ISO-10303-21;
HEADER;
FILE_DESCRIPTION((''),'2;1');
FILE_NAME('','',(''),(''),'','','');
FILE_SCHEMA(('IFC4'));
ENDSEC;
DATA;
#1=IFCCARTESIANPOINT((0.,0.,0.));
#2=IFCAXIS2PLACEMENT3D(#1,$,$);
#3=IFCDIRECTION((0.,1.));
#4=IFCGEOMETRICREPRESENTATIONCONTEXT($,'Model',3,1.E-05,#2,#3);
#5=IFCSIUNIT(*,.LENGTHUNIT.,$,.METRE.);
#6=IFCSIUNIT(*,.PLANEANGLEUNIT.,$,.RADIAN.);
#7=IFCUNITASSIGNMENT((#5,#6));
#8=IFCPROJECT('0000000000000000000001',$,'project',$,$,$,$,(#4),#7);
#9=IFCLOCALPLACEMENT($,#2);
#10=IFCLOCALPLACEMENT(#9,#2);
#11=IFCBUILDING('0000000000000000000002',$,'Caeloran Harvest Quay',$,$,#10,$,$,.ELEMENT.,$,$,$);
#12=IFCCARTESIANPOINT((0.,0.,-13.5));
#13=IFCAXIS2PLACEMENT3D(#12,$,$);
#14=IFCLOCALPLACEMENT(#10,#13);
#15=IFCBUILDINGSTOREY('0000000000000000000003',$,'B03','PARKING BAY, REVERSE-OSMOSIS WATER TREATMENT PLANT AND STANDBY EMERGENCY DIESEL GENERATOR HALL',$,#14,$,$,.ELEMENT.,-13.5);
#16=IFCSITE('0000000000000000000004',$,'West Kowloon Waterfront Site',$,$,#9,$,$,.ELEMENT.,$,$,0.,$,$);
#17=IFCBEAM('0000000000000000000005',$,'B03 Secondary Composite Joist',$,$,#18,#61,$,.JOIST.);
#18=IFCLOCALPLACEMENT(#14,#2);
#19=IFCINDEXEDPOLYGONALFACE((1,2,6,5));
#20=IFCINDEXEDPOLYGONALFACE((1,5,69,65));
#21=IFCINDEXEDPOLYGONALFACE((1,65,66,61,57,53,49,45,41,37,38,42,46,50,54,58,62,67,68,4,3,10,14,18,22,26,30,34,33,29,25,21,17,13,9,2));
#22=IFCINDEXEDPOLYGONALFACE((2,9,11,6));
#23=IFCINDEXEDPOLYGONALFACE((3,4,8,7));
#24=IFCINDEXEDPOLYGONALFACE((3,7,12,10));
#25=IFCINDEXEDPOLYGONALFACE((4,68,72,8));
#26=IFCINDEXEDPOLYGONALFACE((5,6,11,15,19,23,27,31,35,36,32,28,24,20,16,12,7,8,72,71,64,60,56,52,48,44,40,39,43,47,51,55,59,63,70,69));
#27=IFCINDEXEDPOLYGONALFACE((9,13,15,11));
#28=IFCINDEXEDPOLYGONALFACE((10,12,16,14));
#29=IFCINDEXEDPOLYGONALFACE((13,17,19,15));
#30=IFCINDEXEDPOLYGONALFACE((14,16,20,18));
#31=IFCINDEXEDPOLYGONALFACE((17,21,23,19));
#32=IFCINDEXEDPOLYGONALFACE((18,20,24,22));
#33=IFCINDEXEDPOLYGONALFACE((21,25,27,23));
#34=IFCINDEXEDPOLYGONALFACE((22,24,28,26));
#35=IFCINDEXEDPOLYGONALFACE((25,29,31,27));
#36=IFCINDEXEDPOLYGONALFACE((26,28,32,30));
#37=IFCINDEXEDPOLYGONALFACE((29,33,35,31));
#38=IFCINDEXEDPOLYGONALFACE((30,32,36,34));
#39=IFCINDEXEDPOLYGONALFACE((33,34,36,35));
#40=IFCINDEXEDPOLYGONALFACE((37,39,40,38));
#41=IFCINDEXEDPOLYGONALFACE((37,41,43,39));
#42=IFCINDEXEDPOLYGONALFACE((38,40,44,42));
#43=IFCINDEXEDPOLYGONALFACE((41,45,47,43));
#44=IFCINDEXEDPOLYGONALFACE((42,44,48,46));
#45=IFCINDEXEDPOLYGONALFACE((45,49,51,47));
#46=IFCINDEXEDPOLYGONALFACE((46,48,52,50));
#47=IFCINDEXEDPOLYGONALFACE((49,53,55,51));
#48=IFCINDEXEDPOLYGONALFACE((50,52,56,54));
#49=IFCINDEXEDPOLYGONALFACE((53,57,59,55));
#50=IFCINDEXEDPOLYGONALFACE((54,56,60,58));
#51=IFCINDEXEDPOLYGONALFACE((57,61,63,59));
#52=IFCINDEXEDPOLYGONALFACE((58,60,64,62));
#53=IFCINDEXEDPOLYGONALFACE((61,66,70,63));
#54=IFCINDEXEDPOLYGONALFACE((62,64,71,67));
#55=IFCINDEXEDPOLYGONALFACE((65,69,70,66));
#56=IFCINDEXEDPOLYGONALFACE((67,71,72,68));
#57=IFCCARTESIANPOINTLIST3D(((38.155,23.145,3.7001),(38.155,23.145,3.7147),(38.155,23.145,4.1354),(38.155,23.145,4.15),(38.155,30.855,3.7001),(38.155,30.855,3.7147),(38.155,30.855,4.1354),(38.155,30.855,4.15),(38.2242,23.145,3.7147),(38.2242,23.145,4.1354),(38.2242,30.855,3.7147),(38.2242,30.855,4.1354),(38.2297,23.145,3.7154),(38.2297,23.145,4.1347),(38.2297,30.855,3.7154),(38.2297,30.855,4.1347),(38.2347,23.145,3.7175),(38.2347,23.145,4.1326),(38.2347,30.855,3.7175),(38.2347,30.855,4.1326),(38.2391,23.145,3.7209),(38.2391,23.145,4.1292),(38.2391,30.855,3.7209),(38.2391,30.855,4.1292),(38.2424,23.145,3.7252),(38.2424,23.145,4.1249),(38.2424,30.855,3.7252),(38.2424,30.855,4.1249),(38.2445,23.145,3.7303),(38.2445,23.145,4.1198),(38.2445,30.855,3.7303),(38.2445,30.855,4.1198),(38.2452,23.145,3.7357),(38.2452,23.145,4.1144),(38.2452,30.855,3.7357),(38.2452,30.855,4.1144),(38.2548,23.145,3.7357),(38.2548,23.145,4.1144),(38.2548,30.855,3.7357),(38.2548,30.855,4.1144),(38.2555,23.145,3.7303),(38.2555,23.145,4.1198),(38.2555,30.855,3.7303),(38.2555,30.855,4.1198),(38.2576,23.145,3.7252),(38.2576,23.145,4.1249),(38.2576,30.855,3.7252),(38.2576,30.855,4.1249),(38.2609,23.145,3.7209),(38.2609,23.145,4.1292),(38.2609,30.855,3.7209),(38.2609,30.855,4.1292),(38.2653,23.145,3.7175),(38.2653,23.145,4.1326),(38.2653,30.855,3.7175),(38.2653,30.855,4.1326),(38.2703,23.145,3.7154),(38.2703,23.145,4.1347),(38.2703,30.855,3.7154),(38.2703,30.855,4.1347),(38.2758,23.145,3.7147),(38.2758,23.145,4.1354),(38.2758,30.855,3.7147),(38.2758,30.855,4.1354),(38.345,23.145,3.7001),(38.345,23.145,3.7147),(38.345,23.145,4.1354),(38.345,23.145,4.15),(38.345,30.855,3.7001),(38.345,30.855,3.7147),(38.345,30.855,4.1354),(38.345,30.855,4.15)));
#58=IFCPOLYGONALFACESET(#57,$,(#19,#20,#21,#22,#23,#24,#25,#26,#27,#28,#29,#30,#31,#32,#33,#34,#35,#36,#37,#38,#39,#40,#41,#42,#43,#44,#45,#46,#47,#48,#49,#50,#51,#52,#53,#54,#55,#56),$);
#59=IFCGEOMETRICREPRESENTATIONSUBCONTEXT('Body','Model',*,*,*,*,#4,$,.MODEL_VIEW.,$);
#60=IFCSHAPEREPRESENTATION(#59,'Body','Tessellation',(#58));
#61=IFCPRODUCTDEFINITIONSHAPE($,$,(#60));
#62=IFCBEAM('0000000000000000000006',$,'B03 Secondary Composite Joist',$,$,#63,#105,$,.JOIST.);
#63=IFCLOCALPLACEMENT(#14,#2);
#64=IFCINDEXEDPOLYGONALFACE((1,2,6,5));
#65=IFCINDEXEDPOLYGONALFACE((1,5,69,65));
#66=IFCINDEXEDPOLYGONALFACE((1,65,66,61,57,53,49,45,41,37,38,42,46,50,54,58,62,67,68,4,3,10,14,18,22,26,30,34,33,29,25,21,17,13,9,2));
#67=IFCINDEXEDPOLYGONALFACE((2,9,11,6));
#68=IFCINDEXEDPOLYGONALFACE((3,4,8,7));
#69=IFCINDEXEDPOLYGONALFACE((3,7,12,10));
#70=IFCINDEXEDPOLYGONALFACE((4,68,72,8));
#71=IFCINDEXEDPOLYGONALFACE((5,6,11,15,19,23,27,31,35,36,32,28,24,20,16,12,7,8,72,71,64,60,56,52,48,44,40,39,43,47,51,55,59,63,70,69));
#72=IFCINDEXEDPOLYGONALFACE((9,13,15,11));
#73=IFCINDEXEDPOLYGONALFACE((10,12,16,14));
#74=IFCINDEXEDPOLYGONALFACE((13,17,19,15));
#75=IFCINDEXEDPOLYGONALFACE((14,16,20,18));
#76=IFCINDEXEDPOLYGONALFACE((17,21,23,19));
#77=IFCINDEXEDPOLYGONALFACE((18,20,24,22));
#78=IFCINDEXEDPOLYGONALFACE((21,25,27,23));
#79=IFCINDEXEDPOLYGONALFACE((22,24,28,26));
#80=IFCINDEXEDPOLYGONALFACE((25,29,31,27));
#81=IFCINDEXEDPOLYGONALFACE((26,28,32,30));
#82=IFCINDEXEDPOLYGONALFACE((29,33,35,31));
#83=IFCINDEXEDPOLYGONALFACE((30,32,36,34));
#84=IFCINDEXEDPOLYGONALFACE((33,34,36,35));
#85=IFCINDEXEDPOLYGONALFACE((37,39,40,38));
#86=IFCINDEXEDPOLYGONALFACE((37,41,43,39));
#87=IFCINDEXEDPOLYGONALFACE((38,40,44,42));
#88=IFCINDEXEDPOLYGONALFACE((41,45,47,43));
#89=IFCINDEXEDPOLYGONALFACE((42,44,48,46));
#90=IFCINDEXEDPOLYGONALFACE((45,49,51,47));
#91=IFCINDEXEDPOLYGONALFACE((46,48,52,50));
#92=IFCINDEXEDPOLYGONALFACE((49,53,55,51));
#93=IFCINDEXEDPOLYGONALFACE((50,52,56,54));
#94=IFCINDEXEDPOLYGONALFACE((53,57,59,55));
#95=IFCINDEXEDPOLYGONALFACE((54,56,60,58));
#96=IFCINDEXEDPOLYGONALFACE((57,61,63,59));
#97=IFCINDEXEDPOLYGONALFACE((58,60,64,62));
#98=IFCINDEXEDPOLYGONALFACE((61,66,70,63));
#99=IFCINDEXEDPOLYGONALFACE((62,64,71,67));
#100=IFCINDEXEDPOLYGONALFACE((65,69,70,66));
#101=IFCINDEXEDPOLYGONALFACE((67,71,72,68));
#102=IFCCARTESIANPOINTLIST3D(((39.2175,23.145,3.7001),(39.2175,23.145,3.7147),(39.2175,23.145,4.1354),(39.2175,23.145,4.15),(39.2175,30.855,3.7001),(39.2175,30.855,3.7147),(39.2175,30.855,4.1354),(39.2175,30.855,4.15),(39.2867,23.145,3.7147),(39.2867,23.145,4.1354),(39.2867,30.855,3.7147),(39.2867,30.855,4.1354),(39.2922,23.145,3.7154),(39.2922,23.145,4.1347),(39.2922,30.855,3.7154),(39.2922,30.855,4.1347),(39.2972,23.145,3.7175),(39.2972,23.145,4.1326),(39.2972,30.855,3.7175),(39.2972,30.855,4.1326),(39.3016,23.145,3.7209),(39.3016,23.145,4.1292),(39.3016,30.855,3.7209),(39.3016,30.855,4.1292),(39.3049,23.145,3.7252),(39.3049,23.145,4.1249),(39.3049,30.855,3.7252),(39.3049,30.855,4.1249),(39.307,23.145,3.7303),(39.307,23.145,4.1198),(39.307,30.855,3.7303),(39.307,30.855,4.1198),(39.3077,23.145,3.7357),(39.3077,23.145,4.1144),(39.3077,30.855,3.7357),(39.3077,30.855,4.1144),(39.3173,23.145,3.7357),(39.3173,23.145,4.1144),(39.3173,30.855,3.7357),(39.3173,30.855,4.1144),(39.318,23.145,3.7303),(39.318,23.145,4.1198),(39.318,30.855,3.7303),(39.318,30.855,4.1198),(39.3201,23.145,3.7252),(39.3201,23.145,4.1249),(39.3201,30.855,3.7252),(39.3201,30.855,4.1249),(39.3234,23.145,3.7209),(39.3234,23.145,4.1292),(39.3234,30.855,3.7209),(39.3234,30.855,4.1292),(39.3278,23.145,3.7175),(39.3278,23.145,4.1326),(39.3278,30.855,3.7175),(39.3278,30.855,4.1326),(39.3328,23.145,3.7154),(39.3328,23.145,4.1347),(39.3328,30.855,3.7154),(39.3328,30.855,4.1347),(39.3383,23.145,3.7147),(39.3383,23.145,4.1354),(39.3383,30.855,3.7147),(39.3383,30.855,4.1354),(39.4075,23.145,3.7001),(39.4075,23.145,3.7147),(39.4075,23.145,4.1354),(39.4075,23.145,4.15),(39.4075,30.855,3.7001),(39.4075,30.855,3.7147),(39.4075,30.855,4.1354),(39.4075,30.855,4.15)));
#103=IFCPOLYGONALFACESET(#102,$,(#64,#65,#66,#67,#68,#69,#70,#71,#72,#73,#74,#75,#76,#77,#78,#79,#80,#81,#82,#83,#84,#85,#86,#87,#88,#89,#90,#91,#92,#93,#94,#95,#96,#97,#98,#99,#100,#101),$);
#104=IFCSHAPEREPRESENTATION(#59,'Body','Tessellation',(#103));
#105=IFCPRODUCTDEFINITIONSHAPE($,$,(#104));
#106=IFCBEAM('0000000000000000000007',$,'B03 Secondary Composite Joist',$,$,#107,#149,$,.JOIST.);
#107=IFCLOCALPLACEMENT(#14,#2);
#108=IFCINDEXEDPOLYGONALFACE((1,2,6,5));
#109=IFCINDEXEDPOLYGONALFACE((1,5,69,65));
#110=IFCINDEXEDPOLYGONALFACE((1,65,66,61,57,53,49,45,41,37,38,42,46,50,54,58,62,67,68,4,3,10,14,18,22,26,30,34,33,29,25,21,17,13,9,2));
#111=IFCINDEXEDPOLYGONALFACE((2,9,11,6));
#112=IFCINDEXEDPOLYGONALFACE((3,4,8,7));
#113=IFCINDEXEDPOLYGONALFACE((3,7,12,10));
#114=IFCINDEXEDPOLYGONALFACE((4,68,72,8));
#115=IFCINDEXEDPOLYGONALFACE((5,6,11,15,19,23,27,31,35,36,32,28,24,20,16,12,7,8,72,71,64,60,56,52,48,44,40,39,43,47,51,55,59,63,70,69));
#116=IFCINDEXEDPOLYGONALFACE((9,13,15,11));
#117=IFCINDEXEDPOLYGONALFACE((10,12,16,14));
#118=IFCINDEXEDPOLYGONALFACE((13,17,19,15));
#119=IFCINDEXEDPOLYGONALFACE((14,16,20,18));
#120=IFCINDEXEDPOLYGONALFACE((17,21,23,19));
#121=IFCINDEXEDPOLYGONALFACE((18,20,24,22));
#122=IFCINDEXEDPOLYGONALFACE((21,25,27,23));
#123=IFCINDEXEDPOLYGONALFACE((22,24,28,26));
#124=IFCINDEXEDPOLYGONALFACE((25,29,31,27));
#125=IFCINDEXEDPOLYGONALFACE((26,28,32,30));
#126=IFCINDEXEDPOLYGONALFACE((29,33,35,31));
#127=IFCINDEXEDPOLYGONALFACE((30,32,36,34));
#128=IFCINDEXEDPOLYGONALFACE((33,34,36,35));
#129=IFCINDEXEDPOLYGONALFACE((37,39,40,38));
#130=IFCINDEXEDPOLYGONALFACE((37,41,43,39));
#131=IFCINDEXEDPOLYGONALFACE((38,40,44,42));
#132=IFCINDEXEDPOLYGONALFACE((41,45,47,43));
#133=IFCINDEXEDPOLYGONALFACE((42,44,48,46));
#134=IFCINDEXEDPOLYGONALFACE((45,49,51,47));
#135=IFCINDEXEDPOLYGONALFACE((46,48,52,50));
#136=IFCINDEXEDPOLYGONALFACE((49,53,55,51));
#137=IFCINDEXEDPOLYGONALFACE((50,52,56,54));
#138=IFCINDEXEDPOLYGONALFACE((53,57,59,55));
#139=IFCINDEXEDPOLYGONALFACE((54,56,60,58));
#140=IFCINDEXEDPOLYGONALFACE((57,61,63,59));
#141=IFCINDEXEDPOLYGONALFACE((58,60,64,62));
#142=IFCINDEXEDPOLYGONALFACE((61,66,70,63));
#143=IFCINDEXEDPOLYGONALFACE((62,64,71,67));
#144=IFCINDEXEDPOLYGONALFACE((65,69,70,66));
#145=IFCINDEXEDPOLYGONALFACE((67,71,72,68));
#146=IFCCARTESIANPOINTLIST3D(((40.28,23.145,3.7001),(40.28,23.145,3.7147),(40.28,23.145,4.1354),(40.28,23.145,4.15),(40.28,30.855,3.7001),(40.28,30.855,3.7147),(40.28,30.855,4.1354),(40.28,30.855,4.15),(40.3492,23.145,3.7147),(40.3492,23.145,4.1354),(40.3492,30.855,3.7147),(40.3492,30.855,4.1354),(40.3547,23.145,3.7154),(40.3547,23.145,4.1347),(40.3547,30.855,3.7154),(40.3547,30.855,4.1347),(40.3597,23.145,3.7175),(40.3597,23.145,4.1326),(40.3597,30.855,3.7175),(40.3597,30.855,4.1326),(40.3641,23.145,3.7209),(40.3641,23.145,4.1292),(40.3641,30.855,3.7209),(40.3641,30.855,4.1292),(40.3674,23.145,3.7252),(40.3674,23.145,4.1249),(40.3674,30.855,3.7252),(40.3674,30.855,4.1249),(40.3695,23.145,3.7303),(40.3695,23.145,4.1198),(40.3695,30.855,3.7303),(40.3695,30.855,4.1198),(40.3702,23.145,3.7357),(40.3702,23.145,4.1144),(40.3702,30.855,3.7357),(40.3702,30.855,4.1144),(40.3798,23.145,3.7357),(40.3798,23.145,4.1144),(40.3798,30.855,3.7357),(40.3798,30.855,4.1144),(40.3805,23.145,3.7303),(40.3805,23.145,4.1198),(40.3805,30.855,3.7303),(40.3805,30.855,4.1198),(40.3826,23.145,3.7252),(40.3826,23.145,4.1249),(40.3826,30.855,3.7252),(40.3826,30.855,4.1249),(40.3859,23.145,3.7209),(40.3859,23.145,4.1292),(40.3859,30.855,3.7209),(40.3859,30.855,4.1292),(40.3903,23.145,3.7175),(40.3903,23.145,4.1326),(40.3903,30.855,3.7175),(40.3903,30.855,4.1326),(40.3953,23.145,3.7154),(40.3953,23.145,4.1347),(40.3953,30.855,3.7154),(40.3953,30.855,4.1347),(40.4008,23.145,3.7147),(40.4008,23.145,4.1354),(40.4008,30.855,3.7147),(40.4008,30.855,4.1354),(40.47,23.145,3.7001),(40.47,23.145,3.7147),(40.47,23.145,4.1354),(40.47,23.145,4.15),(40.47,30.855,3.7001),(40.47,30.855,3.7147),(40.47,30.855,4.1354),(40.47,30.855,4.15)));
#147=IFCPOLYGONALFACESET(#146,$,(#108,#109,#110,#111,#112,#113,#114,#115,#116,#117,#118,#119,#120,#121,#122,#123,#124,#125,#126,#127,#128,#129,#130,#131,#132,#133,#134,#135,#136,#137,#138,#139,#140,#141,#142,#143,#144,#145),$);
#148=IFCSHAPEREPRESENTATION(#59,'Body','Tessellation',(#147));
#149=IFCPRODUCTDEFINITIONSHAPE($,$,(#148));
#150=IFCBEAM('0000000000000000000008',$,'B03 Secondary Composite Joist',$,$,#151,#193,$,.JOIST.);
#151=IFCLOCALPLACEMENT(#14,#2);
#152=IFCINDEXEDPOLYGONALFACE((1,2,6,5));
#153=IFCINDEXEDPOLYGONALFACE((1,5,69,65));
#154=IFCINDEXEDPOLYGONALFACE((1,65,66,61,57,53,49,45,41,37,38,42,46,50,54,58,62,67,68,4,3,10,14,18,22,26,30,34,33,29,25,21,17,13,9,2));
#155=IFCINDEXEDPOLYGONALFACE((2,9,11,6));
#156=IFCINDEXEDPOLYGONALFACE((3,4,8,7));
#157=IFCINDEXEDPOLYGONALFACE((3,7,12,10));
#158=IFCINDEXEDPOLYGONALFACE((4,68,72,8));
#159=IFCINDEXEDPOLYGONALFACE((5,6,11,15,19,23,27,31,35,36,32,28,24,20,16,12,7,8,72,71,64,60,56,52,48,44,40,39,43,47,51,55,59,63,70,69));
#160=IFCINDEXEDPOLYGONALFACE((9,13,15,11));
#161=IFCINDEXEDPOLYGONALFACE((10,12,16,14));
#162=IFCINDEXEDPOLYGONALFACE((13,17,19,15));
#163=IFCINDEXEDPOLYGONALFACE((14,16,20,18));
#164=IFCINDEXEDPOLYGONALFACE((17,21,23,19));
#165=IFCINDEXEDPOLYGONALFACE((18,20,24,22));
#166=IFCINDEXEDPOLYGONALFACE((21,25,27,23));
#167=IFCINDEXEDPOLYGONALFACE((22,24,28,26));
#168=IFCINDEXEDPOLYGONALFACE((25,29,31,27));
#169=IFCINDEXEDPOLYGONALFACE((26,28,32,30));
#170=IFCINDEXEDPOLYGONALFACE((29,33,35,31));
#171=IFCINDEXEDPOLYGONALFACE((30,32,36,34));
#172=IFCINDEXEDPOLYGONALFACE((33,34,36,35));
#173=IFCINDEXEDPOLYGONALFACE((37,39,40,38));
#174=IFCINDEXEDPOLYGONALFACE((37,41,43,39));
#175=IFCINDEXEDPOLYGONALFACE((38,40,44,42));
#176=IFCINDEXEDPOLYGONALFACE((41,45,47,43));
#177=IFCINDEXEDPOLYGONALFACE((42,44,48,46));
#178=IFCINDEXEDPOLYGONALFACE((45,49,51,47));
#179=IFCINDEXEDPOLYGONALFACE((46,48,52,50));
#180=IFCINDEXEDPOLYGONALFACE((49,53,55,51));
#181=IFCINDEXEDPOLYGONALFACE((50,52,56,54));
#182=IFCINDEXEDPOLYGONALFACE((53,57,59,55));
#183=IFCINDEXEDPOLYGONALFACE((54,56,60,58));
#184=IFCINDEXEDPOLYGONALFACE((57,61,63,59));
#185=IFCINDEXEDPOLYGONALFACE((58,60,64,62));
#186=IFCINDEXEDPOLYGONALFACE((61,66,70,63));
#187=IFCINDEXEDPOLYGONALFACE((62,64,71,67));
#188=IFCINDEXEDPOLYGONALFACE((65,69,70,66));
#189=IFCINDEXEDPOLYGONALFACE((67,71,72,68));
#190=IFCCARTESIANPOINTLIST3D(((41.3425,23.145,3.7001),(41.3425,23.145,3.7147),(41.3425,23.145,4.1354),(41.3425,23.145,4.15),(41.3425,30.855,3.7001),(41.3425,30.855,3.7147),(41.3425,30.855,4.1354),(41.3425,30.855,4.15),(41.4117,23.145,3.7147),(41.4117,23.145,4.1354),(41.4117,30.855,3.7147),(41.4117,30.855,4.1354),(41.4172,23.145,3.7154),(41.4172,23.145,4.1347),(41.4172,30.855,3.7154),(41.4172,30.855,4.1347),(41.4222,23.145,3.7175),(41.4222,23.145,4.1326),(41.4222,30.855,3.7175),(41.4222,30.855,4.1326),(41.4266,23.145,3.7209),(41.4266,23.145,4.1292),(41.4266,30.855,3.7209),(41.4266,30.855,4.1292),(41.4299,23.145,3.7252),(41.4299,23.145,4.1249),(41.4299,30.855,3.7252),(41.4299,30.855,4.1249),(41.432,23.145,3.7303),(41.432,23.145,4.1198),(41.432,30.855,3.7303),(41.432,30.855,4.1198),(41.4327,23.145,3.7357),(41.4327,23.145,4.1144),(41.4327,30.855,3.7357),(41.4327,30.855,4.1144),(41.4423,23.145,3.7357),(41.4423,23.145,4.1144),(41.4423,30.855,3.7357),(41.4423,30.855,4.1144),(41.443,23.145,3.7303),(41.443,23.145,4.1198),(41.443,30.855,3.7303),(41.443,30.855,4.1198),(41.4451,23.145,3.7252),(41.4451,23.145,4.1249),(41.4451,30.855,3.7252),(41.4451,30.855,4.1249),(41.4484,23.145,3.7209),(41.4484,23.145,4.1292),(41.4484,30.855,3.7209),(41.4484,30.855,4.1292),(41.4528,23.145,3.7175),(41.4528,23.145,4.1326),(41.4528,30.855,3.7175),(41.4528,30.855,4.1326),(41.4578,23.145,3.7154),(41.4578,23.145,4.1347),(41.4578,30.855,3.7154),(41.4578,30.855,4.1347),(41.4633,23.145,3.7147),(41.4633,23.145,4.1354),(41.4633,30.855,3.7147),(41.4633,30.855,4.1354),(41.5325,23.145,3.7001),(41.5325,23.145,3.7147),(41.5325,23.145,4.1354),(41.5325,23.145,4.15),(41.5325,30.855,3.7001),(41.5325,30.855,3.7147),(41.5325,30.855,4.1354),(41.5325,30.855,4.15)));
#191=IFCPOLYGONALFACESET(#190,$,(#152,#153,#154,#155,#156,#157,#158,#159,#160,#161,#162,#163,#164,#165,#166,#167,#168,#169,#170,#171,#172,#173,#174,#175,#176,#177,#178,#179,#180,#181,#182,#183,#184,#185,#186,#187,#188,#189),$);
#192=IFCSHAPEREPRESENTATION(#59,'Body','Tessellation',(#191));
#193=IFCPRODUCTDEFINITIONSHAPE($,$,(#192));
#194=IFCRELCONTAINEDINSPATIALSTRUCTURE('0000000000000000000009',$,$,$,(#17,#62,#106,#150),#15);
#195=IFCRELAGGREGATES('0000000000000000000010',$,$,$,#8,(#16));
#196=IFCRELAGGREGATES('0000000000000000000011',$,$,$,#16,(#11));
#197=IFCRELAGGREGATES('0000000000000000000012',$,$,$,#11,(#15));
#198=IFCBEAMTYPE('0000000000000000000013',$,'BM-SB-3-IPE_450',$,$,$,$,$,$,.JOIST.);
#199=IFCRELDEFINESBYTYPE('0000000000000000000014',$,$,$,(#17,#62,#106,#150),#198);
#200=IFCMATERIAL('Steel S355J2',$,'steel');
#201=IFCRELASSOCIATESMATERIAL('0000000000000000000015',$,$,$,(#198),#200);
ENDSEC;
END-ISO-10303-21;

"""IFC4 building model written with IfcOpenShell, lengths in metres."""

from ifc_helpers import new_model, si_unit, direction, frame, origin, origin_2d, place, context, subcontext, project, spatial, i_section, extrude, material, material_profile, profile_set, type_object, element, save


model = new_model("IFC4")

# Units and contexts
model_context = context("Model", 3, precision=1e-05, world=origin(), true_north=direction((0.0, 1.0)))
body_context = subcontext(model_context, "Body", "Model", "MODEL_VIEW")
ifc_project = project(units=[si_unit("LENGTHUNIT", "METRE"), si_unit("PLANEANGLEUNIT", "RADIAN")], contexts=[model_context])

# Site, building, storey
site_placement = place(None, origin())
site = spatial("IfcSite", under=ifc_project, at=site_placement, Name="West Kowloon Waterfront Site", CompositionType="ELEMENT", RefElevation=0.0)
building_placement = place(site_placement, origin())
building = spatial("IfcBuilding", under=site, at=building_placement, Name="Caeloran Harvest Quay", CompositionType="ELEMENT")
storey_placement = place(building_placement, frame((0.0, 0.0, -13.5)))
storey = spatial("IfcBuildingStorey", under=building, at=storey_placement, Name="B03", Description="PARKING BAY, REVERSE-OSMOSIS WATER TREATMENT PLANT AND STANDBY EMERGENCY DIESEL GENERATOR HALL", CompositionType="ELEMENT", Elevation=-13.5)

# Beams
ifc_material_1 = material(Name="Steel S355J2", Category="steel")
ifc_material_profile_1 = material_profile(ifc_material_1, i_section(OverallWidth=0.1899, OverallDepth=0.45, WebThickness=0.0095, FlangeThickness=0.0146, FilletRadius=0.021, at=origin_2d()), Name="IPE 450")
ifc_profile_set_1 = profile_set([ifc_material_profile_1], Name="Steel S355J2")
beam_type_1 = type_object("IfcBeamType", Name="BM-SB-3-IPE_450", PredefinedType="JOIST", material=ifc_profile_set_1)
for number, where, z_axis, x_axis, name in (
    (1, (38.25, 23.145, 3.925), (0.0, 1.0, 0.0), (-1.0, 0.0, 0.0), "B03 Secondary Composite Joist"),
    (2, (39.3125, 23.145, 3.925), (0.0, 1.0, 0.0), (-1.0, 0.0, 0.0), "B03 Secondary Composite Joist"),
    (3, (40.375, 23.145, 3.925), (0.0, 1.0, 0.0), (-1.0, 0.0, 0.0), "B03 Secondary Composite Joist"),
    (4, (41.4375, 23.145, 3.925), (0.0, 1.0, 0.0), (-1.0, 0.0, 0.0), "B03 Secondary Composite Joist"),
):
    element("IfcBeam", number, at=place(storey_placement, frame(where, z_axis=z_axis, x_axis=x_axis)), inside=storey, type_object=beam_type_1, Name=name, PredefinedType="JOIST", context=body_context, shape_type="SweptSolid", body=[
        extrude(i_section(OverallWidth=0.1899, OverallDepth=0.45, WebThickness=0.0095, FlangeThickness=0.0146, FilletRadius=0.021, at=origin_2d()), origin(), (0.0, 0.0, 1.0), 7.71),
    ])

save(model, "model.ifc")
